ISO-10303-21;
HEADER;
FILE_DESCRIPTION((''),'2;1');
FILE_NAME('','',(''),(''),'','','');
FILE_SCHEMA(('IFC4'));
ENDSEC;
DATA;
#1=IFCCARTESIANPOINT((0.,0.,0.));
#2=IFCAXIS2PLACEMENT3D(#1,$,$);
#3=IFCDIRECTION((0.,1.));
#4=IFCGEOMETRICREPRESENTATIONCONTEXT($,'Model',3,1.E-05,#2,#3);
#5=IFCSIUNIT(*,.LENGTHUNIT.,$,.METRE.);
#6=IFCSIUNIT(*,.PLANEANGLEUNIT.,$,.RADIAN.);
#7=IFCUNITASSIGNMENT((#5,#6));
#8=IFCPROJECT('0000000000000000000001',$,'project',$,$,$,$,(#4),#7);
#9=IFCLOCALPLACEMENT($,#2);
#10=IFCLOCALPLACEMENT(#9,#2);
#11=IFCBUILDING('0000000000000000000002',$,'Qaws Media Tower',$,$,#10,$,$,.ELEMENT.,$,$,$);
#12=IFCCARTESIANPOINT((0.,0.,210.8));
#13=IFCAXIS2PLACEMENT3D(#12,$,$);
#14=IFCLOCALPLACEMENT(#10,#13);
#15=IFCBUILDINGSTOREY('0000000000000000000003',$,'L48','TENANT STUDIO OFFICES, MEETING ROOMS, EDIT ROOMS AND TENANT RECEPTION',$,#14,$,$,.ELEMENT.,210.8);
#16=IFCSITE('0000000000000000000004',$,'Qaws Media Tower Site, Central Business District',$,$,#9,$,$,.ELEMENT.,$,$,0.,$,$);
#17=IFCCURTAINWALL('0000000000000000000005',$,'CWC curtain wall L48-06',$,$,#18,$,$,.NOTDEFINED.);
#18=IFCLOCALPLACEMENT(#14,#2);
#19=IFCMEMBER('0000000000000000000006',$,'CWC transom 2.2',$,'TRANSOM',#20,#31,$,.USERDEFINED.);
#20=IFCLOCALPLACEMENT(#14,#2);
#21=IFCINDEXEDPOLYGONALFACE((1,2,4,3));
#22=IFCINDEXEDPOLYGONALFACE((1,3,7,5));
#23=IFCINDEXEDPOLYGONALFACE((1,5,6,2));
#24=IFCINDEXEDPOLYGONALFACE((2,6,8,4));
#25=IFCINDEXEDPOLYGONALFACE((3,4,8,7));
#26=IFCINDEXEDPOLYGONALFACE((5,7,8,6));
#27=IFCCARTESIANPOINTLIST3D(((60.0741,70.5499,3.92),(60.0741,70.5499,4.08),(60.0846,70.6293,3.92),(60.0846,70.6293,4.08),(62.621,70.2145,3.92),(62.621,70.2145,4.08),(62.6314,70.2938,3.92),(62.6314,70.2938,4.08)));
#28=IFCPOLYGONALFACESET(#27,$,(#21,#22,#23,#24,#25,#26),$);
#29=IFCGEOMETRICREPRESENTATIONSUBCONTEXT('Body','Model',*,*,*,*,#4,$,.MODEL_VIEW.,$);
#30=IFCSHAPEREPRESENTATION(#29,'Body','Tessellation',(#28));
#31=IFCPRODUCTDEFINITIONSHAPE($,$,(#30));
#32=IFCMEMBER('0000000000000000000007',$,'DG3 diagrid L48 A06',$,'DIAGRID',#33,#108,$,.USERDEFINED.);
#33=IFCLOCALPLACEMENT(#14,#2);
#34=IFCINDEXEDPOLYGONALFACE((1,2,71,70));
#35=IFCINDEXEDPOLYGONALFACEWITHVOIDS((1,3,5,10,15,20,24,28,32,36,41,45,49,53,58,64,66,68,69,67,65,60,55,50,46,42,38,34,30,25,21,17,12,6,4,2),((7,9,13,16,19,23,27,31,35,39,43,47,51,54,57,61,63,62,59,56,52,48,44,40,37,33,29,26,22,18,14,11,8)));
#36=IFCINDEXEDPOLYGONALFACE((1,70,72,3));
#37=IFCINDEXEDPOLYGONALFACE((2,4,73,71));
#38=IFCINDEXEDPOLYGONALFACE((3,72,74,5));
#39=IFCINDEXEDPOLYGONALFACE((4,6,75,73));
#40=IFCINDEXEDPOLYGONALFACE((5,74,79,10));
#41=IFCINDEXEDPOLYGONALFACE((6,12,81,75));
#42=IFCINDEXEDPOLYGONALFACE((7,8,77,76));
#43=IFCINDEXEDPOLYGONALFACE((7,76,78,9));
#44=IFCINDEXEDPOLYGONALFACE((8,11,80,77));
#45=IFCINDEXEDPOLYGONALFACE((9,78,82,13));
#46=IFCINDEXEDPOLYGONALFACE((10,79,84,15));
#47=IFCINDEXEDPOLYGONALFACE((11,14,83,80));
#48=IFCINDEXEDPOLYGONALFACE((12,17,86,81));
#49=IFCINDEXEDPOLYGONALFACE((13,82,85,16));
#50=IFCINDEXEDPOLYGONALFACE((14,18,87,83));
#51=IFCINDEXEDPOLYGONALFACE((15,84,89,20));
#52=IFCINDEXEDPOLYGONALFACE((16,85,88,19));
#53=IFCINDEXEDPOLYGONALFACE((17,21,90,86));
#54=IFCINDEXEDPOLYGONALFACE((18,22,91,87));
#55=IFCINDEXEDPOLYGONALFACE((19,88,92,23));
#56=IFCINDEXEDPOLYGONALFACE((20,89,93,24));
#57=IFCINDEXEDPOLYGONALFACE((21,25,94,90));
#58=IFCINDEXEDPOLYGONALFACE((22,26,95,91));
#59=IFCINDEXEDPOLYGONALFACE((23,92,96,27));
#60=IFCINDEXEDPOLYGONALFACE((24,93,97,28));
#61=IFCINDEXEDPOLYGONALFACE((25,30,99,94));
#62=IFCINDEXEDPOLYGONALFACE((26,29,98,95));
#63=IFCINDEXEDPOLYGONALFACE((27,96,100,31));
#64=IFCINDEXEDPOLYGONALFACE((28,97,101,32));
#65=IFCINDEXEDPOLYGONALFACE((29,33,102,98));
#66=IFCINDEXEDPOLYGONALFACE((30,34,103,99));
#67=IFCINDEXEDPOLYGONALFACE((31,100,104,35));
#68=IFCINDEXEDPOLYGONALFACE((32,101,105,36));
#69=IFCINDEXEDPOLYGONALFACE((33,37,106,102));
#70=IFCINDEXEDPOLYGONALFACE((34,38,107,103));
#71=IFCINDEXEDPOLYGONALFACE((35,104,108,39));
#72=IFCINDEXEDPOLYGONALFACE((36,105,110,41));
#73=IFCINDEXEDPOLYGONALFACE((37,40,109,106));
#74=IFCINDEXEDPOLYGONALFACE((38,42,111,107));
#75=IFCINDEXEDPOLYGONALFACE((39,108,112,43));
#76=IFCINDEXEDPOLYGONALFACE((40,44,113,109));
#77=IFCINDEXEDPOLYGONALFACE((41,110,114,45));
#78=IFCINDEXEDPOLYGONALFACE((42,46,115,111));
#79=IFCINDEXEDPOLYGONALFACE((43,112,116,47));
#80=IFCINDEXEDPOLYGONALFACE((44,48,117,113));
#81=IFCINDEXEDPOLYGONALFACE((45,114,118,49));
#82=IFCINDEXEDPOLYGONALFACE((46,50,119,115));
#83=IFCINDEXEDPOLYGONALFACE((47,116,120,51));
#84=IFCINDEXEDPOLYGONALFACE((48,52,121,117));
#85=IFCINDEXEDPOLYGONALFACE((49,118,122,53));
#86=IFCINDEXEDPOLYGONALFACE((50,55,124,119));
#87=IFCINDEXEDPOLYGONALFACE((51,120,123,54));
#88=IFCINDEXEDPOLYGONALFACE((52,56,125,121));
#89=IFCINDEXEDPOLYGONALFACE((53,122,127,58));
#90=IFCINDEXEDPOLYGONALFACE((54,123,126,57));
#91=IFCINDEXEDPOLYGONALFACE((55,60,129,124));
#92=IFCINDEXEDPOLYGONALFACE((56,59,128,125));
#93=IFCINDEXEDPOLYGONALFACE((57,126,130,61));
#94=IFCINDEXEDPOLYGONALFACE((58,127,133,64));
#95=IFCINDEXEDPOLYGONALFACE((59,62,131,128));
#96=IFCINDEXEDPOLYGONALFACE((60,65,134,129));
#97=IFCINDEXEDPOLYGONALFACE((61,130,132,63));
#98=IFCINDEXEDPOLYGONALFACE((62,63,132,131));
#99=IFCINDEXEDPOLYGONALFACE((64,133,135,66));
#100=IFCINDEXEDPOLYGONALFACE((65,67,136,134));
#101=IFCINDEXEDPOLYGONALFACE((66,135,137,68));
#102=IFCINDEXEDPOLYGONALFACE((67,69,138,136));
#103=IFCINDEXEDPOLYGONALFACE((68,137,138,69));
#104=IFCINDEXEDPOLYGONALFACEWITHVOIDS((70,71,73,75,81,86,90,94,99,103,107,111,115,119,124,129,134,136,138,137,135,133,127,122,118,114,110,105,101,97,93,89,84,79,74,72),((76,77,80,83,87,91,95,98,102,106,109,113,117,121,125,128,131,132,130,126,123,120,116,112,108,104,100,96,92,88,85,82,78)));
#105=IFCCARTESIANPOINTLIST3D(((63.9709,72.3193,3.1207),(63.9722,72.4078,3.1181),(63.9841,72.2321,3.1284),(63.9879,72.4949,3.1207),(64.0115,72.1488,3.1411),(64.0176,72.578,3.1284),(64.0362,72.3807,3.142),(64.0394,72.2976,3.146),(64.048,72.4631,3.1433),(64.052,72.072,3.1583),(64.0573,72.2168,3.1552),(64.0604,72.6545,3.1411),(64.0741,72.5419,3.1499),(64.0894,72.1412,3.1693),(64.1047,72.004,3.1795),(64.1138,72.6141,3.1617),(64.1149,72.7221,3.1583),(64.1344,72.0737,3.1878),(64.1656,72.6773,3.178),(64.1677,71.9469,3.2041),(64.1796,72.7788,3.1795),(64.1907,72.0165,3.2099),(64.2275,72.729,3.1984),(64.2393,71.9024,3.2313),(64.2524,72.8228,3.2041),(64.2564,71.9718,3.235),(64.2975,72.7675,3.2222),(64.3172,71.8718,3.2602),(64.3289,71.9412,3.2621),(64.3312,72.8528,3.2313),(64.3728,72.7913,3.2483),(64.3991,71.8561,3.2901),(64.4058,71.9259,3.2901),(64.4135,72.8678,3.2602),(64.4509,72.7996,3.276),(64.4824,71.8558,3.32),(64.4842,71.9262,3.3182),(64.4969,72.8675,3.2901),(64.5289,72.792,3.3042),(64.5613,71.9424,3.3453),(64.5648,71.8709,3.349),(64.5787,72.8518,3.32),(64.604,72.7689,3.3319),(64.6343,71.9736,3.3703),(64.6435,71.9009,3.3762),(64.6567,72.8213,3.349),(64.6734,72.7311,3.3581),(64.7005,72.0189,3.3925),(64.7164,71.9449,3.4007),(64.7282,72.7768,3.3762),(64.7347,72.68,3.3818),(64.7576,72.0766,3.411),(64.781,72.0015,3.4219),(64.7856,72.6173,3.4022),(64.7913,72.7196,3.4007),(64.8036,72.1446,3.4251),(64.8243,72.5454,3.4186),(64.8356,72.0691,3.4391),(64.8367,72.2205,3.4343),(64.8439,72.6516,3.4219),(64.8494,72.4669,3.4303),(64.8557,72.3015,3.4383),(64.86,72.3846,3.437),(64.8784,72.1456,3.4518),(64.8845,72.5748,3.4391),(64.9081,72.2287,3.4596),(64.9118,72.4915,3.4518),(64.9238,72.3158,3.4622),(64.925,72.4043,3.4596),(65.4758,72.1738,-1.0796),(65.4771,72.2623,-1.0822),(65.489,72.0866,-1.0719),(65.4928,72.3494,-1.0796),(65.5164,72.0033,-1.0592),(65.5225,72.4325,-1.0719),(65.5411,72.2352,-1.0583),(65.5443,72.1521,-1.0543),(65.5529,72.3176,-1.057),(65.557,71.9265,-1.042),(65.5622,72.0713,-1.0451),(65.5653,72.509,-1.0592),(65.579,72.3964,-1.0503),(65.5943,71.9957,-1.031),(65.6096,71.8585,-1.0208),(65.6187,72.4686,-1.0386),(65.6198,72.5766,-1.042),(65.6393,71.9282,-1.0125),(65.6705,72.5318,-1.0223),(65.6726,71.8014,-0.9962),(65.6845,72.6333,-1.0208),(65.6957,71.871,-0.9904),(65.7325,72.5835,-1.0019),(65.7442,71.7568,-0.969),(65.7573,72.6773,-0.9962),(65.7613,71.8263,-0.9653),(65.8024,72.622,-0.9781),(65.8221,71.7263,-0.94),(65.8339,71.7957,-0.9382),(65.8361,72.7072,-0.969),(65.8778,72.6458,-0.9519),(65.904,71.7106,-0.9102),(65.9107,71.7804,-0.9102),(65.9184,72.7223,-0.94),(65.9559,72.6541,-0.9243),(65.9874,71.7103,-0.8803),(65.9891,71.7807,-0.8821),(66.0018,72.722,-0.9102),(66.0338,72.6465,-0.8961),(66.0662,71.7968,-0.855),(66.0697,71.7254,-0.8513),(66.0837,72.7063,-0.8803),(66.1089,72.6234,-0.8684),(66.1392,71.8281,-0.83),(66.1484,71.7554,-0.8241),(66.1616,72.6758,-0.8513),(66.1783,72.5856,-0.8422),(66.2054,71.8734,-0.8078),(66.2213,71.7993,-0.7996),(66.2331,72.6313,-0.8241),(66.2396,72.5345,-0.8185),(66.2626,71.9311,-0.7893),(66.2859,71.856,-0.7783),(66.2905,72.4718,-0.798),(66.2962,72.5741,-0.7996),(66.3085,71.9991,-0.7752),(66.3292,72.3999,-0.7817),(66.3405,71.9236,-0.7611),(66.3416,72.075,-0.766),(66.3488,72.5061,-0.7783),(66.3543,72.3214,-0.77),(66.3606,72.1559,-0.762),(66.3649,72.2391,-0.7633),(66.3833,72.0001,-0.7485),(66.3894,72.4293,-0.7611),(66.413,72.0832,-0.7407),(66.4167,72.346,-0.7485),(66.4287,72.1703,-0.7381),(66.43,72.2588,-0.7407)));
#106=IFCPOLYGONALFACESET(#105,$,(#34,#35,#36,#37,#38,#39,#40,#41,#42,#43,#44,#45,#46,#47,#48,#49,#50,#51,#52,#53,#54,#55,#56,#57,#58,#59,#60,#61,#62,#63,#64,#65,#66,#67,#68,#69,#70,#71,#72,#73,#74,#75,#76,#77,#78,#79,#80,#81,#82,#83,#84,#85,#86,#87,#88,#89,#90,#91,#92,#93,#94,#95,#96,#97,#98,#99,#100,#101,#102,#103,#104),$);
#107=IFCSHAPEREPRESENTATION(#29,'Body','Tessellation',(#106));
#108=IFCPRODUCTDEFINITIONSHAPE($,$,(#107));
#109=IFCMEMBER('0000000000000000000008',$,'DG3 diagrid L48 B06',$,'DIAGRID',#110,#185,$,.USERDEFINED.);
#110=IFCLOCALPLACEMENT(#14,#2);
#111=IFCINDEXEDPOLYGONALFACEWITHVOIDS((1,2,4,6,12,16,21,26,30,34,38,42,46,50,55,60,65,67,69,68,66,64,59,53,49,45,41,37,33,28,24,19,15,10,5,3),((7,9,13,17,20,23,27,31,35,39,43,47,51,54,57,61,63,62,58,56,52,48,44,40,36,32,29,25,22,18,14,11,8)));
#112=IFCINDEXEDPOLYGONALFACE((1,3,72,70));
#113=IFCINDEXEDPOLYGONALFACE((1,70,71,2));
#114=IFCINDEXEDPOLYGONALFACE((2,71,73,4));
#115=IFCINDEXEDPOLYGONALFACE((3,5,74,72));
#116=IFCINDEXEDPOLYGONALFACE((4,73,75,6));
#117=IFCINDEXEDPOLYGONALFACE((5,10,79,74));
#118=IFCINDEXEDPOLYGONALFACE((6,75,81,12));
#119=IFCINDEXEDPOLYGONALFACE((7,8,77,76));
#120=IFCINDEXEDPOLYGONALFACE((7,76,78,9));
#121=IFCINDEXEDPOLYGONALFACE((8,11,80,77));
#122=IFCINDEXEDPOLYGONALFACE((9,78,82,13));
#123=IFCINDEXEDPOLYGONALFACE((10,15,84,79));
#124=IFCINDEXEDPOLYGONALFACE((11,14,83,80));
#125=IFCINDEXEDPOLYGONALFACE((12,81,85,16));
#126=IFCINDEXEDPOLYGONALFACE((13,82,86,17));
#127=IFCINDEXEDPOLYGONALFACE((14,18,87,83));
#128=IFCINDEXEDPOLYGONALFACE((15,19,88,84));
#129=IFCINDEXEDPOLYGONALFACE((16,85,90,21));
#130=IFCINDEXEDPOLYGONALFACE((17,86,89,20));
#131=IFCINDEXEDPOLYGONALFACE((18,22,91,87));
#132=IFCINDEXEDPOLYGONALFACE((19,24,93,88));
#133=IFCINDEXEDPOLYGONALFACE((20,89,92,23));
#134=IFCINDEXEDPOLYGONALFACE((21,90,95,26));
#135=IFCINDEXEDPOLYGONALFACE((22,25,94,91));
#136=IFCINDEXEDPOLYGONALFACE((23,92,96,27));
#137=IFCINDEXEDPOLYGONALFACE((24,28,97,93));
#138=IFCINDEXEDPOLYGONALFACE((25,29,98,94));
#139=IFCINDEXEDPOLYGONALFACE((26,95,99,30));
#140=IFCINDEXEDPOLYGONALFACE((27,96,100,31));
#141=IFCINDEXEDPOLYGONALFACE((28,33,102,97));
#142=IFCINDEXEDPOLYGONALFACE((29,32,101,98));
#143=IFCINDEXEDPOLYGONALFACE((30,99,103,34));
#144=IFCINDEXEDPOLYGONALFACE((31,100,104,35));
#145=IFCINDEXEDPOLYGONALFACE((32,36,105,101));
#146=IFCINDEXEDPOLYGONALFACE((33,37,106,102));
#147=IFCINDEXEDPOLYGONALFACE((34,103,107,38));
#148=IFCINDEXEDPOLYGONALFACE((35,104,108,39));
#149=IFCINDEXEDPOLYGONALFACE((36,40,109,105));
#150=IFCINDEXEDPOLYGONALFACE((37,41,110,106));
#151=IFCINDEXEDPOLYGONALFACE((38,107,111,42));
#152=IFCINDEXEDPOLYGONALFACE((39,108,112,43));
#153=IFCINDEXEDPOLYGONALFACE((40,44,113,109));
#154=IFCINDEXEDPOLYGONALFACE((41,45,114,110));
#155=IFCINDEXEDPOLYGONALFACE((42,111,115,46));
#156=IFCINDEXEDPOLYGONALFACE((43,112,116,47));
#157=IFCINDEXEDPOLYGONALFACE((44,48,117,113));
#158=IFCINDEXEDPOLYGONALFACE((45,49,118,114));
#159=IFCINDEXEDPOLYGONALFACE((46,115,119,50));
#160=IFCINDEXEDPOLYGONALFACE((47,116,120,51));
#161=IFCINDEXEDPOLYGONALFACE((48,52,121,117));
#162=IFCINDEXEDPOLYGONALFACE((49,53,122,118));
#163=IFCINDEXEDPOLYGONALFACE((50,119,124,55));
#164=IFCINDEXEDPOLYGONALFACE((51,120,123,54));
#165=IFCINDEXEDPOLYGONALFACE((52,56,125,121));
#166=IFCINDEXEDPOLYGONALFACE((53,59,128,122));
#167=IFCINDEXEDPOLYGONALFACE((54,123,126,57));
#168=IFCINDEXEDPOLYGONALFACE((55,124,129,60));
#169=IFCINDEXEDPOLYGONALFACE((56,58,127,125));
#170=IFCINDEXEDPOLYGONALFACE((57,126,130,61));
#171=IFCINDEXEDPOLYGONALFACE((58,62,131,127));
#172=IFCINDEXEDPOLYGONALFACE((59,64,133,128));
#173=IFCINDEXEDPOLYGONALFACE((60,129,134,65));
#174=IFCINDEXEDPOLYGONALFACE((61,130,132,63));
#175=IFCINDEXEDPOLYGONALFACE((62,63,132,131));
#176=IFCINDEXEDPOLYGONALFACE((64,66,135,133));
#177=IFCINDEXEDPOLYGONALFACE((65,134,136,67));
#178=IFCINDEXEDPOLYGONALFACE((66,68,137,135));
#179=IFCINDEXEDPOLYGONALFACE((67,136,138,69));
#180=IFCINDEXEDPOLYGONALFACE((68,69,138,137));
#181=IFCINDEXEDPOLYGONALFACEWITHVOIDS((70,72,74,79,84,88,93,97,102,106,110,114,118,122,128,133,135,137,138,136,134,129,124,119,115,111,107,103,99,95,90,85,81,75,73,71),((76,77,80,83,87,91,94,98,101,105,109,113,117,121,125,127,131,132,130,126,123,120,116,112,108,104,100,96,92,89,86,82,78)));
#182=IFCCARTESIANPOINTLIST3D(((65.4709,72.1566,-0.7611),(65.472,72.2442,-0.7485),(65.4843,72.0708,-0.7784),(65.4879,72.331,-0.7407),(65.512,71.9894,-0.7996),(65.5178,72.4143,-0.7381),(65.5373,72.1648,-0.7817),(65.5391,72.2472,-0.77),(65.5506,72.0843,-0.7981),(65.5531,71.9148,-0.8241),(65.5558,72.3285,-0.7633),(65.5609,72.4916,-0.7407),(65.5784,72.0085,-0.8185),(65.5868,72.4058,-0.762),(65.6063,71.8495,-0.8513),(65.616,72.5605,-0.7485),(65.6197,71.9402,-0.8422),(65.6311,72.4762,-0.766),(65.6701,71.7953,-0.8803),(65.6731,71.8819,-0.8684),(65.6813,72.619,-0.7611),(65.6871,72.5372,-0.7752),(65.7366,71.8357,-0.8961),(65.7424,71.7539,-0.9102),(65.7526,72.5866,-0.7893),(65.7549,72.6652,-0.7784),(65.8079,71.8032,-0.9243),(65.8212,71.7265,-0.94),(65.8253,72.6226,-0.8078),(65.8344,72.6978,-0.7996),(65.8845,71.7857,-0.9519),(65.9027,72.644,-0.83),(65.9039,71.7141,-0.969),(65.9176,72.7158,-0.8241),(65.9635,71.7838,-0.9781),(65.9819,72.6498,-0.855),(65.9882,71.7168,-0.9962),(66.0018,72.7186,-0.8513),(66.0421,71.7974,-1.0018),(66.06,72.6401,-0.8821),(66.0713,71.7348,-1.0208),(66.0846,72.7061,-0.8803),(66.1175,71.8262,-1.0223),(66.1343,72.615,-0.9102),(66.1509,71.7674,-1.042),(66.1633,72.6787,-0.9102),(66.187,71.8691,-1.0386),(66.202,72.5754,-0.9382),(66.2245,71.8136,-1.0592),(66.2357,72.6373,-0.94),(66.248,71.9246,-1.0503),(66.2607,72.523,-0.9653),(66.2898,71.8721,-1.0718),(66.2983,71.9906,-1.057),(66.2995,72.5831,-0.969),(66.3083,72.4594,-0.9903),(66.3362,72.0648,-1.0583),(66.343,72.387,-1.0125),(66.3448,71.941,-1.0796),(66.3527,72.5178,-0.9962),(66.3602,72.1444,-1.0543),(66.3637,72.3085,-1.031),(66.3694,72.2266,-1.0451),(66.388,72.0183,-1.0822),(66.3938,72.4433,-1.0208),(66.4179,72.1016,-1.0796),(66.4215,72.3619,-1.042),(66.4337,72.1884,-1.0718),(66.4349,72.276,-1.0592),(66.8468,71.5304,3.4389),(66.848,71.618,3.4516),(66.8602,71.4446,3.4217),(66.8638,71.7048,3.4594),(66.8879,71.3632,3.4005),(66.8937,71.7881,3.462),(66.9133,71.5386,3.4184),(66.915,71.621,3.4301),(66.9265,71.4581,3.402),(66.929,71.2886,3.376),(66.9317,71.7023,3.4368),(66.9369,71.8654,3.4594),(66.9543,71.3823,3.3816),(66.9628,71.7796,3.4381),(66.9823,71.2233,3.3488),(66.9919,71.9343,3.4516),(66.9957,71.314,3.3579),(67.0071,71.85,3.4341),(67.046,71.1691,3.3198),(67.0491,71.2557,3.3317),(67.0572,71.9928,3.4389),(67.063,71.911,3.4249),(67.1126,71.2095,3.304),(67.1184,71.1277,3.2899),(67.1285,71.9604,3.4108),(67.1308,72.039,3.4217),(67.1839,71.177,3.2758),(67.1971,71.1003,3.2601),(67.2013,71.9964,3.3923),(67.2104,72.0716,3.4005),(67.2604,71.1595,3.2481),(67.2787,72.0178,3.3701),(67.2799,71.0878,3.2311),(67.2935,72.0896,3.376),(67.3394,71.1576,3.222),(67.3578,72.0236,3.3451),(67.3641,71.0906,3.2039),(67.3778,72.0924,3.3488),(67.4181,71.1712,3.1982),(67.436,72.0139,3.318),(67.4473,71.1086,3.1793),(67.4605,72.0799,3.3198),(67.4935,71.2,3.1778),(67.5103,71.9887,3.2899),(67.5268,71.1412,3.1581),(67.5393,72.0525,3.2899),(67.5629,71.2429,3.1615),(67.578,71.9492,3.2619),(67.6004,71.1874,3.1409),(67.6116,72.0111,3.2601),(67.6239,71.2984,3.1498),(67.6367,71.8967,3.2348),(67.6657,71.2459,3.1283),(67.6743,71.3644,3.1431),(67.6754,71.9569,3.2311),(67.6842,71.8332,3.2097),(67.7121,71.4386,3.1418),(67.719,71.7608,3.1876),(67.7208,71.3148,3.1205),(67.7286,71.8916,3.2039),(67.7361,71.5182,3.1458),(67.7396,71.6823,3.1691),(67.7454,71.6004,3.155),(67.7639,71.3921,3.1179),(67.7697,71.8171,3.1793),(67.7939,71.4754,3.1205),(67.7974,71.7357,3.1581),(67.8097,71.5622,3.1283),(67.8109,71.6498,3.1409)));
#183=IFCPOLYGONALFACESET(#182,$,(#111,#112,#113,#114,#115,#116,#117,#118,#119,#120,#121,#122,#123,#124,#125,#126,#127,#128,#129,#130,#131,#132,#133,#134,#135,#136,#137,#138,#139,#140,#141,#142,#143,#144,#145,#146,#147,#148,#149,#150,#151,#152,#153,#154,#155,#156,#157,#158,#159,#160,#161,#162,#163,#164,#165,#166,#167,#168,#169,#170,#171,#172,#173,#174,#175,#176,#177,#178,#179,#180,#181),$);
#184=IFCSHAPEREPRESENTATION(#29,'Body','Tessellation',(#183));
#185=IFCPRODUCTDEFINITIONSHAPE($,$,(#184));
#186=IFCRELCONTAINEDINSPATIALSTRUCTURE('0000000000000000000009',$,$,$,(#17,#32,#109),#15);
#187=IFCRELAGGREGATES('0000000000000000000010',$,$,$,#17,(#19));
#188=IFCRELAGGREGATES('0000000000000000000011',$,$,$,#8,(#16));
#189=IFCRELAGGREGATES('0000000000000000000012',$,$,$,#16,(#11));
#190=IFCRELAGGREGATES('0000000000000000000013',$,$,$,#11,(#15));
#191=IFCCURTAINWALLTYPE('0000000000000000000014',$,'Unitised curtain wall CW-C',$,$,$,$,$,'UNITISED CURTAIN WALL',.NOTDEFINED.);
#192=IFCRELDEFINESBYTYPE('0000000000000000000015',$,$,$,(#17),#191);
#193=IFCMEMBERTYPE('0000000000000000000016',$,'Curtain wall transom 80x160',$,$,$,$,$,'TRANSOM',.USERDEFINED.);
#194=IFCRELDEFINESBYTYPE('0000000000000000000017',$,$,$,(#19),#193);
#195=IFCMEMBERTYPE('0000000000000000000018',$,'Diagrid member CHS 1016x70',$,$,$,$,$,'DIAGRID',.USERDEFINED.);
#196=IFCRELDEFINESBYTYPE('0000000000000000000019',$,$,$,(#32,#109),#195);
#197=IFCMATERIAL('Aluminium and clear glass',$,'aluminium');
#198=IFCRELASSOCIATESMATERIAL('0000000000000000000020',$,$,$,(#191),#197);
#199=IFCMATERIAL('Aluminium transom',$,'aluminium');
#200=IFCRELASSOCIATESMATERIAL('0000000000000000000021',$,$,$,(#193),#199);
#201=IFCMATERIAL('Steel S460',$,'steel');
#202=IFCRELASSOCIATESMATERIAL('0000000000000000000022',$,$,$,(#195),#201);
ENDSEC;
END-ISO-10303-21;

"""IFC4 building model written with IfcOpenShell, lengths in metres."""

from ifc_helpers import new_model, si_unit, direction, frame, origin, origin_2d, place, context, subcontext, project, spatial, rectangle, hollow_circle, extrude, material, material_profile, profile_set, type_object, element, aggregate, save


model = new_model("IFC4")

# Units and contexts
model_context = context("Model", 3, precision=1e-05, world=origin(), true_north=direction((0.0, 1.0)))
body_context = subcontext(model_context, "Body", "Model", "MODEL_VIEW")
ifc_project = project(units=[si_unit("LENGTHUNIT", "METRE"), si_unit("PLANEANGLEUNIT", "RADIAN")], contexts=[model_context])

# Site, building, storey
site_placement = place(None, origin())
site = spatial("IfcSite", under=ifc_project, at=site_placement, Name="Qaws Media Tower Site, Central Business District", CompositionType="ELEMENT", RefElevation=0.0)
building_placement = place(site_placement, origin())
building = spatial("IfcBuilding", under=site, at=building_placement, Name="Qaws Media Tower", CompositionType="ELEMENT")
storey_placement = place(building_placement, frame((0.0, 0.0, 210.8)))
storey = spatial("IfcBuildingStorey", under=building, at=storey_placement, Name="L48", Description="TENANT STUDIO OFFICES, MEETING ROOMS, EDIT ROOMS AND TENANT RECEPTION", CompositionType="ELEMENT", Elevation=210.8)

# Shared definitions
ifc_material_1 = material(Name="Aluminium and clear glass", Category="aluminium")
curtain_wall_type = type_object("IfcCurtainWallType", Name="Unitised curtain wall CW-C", ElementType="UNITISED CURTAIN WALL", PredefinedType="NOTDEFINED", material=ifc_material_1)

# Curtain wall
curtain_wall_1_placement = place(storey_placement, origin())
curtain_wall_1 = element("IfcCurtainWall", 1, at=curtain_wall_1_placement, inside=storey, type_object=curtain_wall_type, Name="CWC curtain wall L48-06", PredefinedType="NOTDEFINED")

# Member
ifc_material_2 = material(Name="Aluminium transom", Category="aluminium")
ifc_material_profile_1 = material_profile(ifc_material_2, rectangle(XDim=0.0801, YDim=0.1599, at=origin_2d()), Name="80x160")
ifc_profile_set_1 = profile_set([ifc_material_profile_1], Name="Aluminium transom")
member_type_1 = type_object("IfcMemberType", Name="Curtain wall transom 80x160", ElementType="TRANSOM", PredefinedType="USERDEFINED", material=ifc_profile_set_1)
member_1_placement = place(storey_placement, frame((62.6262, 70.2542, 4.0), z_axis=(-0.991437, 0.130582, 0.0), x_axis=(-0.130582, -0.991437, 0.0)))
member_1 = element("IfcMember", 2, at=member_1_placement, type_object=member_type_1, Name="CWC transom 2.2", ObjectType="TRANSOM", PredefinedType="USERDEFINED", context=body_context, shape_type="SweptSolid", body=[
    extrude(rectangle(XDim=0.0801, YDim=0.1599, at=origin_2d()), origin(), (0.0, 0.0, 1.0), 2.5688),
])

# Members
ifc_material_3 = material(Name="Steel S460", Category="steel")
ifc_material_profile_2 = material_profile(ifc_material_3, hollow_circle(Radius=0.5081, WallThickness=0.0701, at=origin_2d()), Name="CHS 1016x70")
ifc_profile_set_2 = profile_set([ifc_material_profile_2], Name="Steel S460")
member_type_2 = type_object("IfcMemberType", Name="Diagrid member CHS 1016x70", ElementType="DIAGRID", PredefinedType="USERDEFINED", material=ifc_profile_set_2)
member_2_placement = place(storey_placement, frame((65.9529, 72.2163, -0.9102), z_axis=(-0.337114, 0.032596, 0.940899), x_axis=(-0.096242, -0.995358, 0.0)))
element("IfcMember", 3, at=member_2_placement, inside=storey, type_object=member_type_2, Name="DG3 diagrid L48 A06", ObjectType="DIAGRID", PredefinedType="USERDEFINED", context=body_context, shape_type="SweptSolid", body=[
    extrude(hollow_circle(Radius=0.5081, WallThickness=0.0701, at=origin_2d()), origin(), (0.0, 0.0, 1.0), 4.4641),
])
member_3_placement = place(storey_placement, frame((65.9529, 72.2163, -0.9102), z_axis=(0.30824, -0.140283, 0.940908), x_axis=(0.414229, 0.910173, 0.0)))
element("IfcMember", 4, at=member_3_placement, inside=storey, type_object=member_type_2, Name="DG3 diagrid L48 B06", ObjectType="DIAGRID", PredefinedType="USERDEFINED", context=body_context, shape_type="SweptSolid", body=[
    extrude(hollow_circle(Radius=0.5081, WallThickness=0.0701, at=origin_2d()), origin(), (0.0, 0.0, 1.0), 4.4639),
])

aggregate(curtain_wall_1, [member_1])

save(model, "model.ifc")
